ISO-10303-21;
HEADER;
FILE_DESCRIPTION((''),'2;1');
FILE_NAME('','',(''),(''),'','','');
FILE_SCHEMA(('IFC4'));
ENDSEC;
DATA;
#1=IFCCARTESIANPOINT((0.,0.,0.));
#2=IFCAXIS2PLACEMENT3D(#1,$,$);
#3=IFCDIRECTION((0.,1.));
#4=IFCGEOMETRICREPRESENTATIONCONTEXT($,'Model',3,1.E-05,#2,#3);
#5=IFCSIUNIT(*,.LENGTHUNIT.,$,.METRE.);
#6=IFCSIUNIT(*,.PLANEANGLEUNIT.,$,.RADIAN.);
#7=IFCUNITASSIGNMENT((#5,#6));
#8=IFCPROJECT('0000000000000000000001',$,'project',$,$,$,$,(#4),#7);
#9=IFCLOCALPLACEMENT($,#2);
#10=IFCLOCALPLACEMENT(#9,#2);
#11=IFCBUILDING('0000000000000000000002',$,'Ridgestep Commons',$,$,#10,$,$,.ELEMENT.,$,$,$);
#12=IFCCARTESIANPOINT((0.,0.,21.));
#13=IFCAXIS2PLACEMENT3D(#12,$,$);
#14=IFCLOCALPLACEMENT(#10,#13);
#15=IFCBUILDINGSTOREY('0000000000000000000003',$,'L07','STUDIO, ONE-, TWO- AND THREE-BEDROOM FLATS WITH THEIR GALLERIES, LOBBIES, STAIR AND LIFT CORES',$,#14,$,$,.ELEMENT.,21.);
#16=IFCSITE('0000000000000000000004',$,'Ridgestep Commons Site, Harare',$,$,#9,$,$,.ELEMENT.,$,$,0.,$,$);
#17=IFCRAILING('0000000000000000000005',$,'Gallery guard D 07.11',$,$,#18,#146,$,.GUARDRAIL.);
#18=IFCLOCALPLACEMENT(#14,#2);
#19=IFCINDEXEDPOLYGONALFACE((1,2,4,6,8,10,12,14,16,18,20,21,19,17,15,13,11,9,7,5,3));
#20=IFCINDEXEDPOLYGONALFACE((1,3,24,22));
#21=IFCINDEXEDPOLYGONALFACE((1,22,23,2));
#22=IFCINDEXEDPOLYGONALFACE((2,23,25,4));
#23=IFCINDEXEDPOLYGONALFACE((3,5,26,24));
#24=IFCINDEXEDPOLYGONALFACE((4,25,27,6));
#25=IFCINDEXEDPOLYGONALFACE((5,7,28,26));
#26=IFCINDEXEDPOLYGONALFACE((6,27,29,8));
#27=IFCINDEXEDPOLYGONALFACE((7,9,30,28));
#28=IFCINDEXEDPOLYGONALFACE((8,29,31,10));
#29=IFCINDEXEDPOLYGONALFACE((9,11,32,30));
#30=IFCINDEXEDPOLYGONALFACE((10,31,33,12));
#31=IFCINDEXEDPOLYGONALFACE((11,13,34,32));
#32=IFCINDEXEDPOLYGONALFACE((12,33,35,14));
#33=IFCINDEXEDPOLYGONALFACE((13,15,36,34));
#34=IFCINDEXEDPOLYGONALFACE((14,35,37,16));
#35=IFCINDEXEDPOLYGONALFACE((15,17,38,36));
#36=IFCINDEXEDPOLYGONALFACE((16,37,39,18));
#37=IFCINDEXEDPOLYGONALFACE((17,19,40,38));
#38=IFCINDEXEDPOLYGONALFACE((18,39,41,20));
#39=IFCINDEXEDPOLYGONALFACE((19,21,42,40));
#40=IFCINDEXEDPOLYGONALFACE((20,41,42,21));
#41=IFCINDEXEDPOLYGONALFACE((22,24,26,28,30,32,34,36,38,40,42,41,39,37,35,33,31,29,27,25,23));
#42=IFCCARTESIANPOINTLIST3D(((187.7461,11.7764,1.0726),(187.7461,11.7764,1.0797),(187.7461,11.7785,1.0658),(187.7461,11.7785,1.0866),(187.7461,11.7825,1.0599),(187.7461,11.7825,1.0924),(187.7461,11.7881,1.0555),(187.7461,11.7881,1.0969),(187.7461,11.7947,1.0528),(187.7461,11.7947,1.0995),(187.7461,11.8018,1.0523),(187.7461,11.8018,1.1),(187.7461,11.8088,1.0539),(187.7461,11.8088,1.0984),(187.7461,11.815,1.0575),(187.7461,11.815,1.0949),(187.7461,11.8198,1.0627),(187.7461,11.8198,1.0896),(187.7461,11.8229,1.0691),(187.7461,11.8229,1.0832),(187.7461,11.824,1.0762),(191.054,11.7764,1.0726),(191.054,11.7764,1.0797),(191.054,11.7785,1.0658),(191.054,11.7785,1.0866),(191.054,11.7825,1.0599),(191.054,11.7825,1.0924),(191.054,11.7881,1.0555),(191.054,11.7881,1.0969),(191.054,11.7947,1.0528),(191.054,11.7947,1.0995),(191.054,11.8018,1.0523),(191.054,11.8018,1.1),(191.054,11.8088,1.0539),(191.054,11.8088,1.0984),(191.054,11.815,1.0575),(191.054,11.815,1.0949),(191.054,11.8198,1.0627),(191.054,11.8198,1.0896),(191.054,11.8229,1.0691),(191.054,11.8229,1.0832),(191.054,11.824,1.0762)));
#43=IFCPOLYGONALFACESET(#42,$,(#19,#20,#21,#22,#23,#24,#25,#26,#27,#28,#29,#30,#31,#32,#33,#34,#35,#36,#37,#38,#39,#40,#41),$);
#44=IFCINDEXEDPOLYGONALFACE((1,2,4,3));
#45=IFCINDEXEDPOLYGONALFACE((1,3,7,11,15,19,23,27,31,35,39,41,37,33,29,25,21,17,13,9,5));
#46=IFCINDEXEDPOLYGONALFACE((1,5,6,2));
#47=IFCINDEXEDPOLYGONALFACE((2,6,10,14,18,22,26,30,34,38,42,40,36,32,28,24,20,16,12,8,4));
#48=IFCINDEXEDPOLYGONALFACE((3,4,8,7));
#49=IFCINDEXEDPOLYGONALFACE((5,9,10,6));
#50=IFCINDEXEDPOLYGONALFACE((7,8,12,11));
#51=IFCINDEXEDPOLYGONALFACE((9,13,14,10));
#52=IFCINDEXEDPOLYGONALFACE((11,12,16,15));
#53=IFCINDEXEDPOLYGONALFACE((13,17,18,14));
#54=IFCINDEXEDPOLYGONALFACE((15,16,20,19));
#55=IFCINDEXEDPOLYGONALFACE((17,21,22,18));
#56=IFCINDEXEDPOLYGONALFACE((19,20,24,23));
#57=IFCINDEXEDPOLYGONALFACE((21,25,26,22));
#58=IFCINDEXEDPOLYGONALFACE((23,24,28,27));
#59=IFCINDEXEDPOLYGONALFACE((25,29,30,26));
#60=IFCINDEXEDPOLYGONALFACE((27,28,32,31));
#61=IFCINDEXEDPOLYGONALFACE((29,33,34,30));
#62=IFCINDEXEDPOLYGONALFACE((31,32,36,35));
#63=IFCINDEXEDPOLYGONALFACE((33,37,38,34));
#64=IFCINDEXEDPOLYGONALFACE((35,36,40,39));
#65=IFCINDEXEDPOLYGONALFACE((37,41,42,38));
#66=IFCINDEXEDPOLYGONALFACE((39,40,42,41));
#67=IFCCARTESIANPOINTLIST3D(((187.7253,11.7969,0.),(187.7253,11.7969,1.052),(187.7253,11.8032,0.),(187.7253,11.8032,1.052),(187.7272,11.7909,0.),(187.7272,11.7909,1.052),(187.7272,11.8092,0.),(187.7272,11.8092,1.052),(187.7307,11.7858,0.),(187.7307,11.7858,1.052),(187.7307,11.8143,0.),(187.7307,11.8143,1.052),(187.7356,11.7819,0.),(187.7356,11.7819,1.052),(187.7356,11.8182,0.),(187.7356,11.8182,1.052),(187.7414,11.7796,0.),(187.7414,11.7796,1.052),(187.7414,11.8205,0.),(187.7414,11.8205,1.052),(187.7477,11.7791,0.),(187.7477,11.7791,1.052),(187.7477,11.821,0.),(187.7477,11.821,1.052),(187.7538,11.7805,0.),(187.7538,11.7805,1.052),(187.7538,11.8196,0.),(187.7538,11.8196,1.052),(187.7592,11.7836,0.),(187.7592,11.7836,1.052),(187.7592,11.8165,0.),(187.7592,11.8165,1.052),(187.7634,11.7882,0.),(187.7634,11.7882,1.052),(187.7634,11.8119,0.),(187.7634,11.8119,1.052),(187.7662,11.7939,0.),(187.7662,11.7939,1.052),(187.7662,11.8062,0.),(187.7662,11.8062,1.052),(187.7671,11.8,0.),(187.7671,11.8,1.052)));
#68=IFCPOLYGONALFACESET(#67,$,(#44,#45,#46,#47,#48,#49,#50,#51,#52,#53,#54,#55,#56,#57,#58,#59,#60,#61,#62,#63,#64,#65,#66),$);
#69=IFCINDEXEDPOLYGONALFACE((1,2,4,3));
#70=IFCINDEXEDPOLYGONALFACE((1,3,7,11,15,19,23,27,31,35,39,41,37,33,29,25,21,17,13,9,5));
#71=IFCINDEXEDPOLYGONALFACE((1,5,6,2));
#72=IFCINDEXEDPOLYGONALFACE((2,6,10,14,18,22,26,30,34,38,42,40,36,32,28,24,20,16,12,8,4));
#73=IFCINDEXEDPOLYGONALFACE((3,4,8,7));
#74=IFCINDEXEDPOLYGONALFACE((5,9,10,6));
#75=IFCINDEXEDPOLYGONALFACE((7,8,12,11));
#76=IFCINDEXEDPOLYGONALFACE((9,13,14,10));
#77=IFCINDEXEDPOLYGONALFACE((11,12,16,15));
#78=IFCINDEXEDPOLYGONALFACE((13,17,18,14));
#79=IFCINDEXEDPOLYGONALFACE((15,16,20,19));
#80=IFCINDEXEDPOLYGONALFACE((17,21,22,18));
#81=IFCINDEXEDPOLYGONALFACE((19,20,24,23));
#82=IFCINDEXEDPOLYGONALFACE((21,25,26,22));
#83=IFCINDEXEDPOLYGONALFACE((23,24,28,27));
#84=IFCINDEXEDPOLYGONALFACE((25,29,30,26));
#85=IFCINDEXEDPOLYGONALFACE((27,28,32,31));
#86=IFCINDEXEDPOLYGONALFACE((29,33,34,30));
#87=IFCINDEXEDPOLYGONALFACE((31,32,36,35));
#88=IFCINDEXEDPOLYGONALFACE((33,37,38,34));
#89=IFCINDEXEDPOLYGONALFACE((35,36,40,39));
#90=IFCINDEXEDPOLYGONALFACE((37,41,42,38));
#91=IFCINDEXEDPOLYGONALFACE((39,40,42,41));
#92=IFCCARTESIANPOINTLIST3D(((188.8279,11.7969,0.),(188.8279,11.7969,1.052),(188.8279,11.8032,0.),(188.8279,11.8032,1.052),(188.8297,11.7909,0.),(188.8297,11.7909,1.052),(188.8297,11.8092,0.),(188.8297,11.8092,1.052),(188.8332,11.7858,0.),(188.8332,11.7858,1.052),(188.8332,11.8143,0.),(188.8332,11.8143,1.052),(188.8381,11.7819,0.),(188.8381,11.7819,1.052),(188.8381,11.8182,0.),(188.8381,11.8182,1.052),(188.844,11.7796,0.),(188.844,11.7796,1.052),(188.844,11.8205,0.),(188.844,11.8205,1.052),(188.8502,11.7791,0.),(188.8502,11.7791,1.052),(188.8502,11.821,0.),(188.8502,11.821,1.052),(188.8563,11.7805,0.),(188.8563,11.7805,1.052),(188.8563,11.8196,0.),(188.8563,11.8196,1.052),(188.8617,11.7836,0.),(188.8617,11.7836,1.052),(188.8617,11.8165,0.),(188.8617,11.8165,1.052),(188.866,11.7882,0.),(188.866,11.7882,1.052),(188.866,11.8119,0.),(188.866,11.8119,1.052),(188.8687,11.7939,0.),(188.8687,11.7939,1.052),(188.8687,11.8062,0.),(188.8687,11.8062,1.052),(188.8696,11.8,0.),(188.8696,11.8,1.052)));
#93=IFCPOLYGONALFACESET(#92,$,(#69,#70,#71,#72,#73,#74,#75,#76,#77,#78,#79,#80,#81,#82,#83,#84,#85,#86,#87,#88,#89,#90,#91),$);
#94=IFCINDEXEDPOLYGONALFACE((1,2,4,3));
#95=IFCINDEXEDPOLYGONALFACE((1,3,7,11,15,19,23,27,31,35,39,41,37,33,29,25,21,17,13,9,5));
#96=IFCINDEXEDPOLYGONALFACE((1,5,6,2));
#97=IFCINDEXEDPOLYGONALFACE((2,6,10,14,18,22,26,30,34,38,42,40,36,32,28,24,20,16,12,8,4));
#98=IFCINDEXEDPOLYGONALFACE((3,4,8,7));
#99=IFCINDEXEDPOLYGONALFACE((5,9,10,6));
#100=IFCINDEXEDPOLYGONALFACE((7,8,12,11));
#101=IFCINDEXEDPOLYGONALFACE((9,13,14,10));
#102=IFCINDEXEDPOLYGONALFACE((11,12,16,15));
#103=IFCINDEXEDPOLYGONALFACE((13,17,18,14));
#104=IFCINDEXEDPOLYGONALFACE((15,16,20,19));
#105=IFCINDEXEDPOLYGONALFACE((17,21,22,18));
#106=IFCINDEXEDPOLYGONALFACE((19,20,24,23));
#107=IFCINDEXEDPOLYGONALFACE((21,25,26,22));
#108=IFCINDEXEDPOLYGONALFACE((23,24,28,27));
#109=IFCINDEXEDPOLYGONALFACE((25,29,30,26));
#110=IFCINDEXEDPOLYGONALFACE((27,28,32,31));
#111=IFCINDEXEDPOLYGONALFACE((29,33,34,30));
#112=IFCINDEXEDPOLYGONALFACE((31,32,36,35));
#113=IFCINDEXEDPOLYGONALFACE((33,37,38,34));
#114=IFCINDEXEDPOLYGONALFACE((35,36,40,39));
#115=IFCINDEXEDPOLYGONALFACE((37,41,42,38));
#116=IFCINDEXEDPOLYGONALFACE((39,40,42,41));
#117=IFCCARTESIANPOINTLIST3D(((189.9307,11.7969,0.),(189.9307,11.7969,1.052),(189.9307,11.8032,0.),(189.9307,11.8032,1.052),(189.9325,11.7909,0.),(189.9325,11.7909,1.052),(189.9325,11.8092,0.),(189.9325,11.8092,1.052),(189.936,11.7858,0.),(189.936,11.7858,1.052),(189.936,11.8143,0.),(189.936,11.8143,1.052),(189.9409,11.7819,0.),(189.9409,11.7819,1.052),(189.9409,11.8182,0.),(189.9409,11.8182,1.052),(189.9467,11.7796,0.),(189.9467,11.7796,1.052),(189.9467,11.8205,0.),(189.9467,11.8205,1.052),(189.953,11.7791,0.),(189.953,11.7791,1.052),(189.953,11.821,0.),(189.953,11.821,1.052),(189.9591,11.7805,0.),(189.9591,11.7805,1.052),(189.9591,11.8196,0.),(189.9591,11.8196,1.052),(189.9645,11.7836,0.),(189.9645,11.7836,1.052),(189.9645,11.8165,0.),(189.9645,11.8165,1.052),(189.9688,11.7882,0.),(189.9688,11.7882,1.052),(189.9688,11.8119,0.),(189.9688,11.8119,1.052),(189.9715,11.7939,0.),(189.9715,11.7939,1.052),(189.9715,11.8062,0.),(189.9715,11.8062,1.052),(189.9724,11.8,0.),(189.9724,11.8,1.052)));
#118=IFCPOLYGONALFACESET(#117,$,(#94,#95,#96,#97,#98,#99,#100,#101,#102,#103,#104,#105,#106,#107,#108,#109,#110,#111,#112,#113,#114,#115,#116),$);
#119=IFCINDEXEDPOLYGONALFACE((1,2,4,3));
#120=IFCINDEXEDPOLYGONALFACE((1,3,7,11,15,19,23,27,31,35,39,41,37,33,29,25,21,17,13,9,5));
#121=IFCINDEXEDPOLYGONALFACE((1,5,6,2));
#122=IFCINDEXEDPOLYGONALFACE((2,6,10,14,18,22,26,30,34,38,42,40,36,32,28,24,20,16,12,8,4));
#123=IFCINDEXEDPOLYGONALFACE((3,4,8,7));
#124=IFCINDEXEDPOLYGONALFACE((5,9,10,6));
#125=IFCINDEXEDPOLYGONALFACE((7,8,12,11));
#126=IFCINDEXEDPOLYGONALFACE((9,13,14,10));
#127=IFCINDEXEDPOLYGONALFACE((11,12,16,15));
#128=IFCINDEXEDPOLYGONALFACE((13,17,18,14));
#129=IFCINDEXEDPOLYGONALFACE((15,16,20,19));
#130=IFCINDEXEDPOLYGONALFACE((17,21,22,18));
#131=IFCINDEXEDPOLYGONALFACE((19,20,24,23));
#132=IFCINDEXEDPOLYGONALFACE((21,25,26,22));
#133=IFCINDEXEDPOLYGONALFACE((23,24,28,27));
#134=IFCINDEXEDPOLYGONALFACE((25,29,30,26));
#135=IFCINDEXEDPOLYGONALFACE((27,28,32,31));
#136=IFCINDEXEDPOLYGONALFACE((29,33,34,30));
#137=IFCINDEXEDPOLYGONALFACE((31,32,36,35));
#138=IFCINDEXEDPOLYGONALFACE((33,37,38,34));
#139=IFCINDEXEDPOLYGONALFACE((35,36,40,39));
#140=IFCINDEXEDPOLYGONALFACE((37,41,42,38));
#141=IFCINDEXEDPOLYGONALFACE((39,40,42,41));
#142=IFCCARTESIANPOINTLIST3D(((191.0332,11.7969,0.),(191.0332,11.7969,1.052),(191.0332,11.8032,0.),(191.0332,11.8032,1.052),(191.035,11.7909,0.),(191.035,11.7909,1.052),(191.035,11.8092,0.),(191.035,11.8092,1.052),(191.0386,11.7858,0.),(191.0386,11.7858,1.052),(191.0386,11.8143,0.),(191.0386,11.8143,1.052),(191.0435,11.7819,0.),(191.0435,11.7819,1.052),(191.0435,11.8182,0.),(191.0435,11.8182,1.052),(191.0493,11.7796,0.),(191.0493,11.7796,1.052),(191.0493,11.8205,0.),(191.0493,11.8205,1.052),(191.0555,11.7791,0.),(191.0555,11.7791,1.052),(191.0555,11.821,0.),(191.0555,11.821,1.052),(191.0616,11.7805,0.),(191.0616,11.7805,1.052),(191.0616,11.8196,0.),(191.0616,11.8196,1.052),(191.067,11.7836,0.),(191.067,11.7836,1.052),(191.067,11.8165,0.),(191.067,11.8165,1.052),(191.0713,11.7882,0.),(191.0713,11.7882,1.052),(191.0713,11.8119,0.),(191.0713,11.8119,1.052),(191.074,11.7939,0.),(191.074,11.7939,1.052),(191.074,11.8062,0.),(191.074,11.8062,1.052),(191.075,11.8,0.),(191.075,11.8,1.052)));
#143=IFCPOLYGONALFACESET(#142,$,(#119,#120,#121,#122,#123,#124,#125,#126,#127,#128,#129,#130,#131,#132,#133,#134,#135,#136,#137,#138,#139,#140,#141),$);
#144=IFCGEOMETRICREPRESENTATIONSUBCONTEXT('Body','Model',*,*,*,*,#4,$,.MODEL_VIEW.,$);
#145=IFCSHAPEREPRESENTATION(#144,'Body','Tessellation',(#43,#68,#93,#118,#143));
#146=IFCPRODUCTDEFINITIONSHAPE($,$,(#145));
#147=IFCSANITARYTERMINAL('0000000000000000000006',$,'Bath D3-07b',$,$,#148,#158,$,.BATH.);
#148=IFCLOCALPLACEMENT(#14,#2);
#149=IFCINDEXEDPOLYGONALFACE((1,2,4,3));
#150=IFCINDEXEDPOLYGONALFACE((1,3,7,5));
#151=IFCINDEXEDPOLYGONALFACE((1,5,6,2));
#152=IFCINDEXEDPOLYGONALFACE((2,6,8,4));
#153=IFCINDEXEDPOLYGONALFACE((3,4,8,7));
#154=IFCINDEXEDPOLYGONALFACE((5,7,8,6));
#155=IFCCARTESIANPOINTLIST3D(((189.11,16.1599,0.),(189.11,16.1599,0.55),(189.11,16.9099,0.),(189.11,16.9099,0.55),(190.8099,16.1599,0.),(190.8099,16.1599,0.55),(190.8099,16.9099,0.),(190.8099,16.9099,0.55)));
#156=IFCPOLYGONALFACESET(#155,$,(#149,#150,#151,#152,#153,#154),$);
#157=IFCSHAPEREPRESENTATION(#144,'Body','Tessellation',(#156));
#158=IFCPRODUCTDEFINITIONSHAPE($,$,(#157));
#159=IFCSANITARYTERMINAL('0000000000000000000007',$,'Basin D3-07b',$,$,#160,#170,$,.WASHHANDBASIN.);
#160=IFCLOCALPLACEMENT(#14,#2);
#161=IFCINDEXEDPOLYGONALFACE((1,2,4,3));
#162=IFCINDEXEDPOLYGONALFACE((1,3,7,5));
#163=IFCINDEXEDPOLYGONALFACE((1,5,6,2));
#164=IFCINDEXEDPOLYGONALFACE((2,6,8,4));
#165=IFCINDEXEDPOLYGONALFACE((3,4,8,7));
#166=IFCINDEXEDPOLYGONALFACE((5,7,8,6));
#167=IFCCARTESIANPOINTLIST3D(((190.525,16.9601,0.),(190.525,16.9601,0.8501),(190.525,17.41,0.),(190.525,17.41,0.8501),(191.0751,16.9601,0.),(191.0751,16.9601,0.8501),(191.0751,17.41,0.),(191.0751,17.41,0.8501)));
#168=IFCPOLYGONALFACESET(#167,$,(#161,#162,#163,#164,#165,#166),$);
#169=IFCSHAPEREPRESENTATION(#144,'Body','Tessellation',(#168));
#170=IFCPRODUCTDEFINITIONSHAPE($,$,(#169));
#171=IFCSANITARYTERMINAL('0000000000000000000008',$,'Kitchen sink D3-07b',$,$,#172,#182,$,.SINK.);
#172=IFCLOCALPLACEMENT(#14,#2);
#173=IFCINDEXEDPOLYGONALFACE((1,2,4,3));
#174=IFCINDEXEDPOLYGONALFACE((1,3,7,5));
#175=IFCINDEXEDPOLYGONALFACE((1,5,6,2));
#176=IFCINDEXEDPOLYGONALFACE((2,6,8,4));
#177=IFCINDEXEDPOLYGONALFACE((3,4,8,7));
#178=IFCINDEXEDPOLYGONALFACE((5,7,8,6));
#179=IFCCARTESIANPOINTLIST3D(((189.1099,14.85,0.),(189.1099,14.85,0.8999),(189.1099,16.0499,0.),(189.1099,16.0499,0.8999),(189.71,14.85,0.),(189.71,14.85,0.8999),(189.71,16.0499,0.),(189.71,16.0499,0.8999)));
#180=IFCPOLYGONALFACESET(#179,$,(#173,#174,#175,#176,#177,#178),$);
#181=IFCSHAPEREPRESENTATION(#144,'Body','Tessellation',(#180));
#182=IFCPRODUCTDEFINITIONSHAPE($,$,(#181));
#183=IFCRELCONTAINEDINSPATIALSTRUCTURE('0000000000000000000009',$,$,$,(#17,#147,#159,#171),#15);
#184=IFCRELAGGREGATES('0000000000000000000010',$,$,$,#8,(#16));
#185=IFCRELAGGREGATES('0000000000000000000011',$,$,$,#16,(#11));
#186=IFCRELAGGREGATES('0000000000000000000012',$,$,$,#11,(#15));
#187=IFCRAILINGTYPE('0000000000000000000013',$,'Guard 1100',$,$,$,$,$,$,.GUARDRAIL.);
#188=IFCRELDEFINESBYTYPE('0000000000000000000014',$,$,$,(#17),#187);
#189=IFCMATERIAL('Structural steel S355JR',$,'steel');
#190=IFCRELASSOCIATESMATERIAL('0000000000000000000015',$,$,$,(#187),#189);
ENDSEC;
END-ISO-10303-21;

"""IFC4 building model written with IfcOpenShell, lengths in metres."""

from ifc_helpers import new_model, si_unit, direction, frame, origin, origin_2d, place, context, subcontext, project, spatial, rectangle, circle, extrude, material, type_object, element, save


model = new_model("IFC4")

# Units and contexts
model_context = context("Model", 3, precision=1e-05, world=origin(), true_north=direction((0.0, 1.0)))
body_context = subcontext(model_context, "Body", "Model", "MODEL_VIEW")
ifc_project = project(units=[si_unit("LENGTHUNIT", "METRE"), si_unit("PLANEANGLEUNIT", "RADIAN")], contexts=[model_context])

# Site, building, storey
site_placement = place(None, origin())
site = spatial("IfcSite", under=ifc_project, at=site_placement, Name="Ridgestep Commons Site, Harare", CompositionType="ELEMENT", RefElevation=0.0)
building_placement = place(site_placement, origin())
building = spatial("IfcBuilding", under=site, at=building_placement, Name="Ridgestep Commons", CompositionType="ELEMENT")
storey_placement = place(building_placement, frame((0.0, 0.0, 21.0)))
storey = spatial("IfcBuildingStorey", under=building, at=storey_placement, Name="L07", Description="STUDIO, ONE-, TWO- AND THREE-BEDROOM FLATS WITH THEIR GALLERIES, LOBBIES, STAIR AND LIFT CORES", CompositionType="ELEMENT", Elevation=21.0)

# Railing
ifc_material_1 = material(Name="Structural steel S355JR", Category="steel")
railing_type = type_object("IfcRailingType", Name="Guard 1100", PredefinedType="GUARDRAIL", material=ifc_material_1)
railing_1_placement = place(storey_placement, frame((187.7461, 11.8, 0.0)))
element("IfcRailing", 1, at=railing_1_placement, inside=storey, type_object=railing_type, Name="Gallery guard D 07.11", PredefinedType="GUARDRAIL", context=body_context, shape_type="SweptSolid", body=[
    extrude(circle(Radius=0.0239, at=origin_2d()), frame((0.0, 0.0, 1.0762), z_axis=(1.0, 0.0, 0.0), x_axis=(0.0, 1.0, 0.0)), (0.0, 0.0, 1.0), 3.3079),
    extrude(circle(Radius=0.021, at=origin_2d()), origin(), (0.0, 0.0, 1.0), 1.052),
    extrude(circle(Radius=0.021, at=origin_2d()), frame((1.1025, 0.0, 0.0)), (0.0, 0.0, 1.0), 1.052),
    extrude(circle(Radius=0.021, at=origin_2d()), frame((2.2053, 0.0, 0.0)), (0.0, 0.0, 1.0), 1.052),
    extrude(circle(Radius=0.021, at=origin_2d()), frame((3.3079, 0.0, 0.0)), (0.0, 0.0, 1.0), 1.052),
])

# Sanitary terminals
sanitary_terminal_1_placement = place(storey_placement, frame((189.96, 16.5349, 0.0), z_axis=(0.0, 0.0, 1.0), x_axis=(1.0, 0.0, 0.0)))
element("IfcSanitaryTerminal", 2, at=sanitary_terminal_1_placement, inside=storey, Name="Bath D3-07b", PredefinedType="BATH", context=body_context, shape_type="SweptSolid", body=[
    extrude(rectangle(XDim=1.7, YDim=0.75, at=origin_2d()), origin(), (0.0, 0.0, 1.0), 0.55),
])
sanitary_terminal_2_placement = place(storey_placement, frame((190.8, 17.1851, 0.0), z_axis=(0.0, 0.0, 1.0), x_axis=(1.0, 0.0, 0.0)))
element("IfcSanitaryTerminal", 3, at=sanitary_terminal_2_placement, inside=storey, Name="Basin D3-07b", PredefinedType="WASHHANDBASIN", context=body_context, shape_type="SweptSolid", body=[
    extrude(rectangle(XDim=0.55, YDim=0.45, at=origin_2d()), origin(), (0.0, 0.0, 1.0), 0.8501),
])
sanitary_terminal_3_placement = place(storey_placement, frame((189.4099, 15.45, 0.0), z_axis=(0.0, 0.0, 1.0), x_axis=(1.0, 0.0, 0.0)))
element("IfcSanitaryTerminal", 4, at=sanitary_terminal_3_placement, inside=storey, Name="Kitchen sink D3-07b", PredefinedType="SINK", context=body_context, shape_type="SweptSolid", body=[
    extrude(rectangle(XDim=0.6001, YDim=1.2, at=origin_2d()), origin(), (0.0, 0.0, 1.0), 0.8999),
])

save(model, "model.ifc")
